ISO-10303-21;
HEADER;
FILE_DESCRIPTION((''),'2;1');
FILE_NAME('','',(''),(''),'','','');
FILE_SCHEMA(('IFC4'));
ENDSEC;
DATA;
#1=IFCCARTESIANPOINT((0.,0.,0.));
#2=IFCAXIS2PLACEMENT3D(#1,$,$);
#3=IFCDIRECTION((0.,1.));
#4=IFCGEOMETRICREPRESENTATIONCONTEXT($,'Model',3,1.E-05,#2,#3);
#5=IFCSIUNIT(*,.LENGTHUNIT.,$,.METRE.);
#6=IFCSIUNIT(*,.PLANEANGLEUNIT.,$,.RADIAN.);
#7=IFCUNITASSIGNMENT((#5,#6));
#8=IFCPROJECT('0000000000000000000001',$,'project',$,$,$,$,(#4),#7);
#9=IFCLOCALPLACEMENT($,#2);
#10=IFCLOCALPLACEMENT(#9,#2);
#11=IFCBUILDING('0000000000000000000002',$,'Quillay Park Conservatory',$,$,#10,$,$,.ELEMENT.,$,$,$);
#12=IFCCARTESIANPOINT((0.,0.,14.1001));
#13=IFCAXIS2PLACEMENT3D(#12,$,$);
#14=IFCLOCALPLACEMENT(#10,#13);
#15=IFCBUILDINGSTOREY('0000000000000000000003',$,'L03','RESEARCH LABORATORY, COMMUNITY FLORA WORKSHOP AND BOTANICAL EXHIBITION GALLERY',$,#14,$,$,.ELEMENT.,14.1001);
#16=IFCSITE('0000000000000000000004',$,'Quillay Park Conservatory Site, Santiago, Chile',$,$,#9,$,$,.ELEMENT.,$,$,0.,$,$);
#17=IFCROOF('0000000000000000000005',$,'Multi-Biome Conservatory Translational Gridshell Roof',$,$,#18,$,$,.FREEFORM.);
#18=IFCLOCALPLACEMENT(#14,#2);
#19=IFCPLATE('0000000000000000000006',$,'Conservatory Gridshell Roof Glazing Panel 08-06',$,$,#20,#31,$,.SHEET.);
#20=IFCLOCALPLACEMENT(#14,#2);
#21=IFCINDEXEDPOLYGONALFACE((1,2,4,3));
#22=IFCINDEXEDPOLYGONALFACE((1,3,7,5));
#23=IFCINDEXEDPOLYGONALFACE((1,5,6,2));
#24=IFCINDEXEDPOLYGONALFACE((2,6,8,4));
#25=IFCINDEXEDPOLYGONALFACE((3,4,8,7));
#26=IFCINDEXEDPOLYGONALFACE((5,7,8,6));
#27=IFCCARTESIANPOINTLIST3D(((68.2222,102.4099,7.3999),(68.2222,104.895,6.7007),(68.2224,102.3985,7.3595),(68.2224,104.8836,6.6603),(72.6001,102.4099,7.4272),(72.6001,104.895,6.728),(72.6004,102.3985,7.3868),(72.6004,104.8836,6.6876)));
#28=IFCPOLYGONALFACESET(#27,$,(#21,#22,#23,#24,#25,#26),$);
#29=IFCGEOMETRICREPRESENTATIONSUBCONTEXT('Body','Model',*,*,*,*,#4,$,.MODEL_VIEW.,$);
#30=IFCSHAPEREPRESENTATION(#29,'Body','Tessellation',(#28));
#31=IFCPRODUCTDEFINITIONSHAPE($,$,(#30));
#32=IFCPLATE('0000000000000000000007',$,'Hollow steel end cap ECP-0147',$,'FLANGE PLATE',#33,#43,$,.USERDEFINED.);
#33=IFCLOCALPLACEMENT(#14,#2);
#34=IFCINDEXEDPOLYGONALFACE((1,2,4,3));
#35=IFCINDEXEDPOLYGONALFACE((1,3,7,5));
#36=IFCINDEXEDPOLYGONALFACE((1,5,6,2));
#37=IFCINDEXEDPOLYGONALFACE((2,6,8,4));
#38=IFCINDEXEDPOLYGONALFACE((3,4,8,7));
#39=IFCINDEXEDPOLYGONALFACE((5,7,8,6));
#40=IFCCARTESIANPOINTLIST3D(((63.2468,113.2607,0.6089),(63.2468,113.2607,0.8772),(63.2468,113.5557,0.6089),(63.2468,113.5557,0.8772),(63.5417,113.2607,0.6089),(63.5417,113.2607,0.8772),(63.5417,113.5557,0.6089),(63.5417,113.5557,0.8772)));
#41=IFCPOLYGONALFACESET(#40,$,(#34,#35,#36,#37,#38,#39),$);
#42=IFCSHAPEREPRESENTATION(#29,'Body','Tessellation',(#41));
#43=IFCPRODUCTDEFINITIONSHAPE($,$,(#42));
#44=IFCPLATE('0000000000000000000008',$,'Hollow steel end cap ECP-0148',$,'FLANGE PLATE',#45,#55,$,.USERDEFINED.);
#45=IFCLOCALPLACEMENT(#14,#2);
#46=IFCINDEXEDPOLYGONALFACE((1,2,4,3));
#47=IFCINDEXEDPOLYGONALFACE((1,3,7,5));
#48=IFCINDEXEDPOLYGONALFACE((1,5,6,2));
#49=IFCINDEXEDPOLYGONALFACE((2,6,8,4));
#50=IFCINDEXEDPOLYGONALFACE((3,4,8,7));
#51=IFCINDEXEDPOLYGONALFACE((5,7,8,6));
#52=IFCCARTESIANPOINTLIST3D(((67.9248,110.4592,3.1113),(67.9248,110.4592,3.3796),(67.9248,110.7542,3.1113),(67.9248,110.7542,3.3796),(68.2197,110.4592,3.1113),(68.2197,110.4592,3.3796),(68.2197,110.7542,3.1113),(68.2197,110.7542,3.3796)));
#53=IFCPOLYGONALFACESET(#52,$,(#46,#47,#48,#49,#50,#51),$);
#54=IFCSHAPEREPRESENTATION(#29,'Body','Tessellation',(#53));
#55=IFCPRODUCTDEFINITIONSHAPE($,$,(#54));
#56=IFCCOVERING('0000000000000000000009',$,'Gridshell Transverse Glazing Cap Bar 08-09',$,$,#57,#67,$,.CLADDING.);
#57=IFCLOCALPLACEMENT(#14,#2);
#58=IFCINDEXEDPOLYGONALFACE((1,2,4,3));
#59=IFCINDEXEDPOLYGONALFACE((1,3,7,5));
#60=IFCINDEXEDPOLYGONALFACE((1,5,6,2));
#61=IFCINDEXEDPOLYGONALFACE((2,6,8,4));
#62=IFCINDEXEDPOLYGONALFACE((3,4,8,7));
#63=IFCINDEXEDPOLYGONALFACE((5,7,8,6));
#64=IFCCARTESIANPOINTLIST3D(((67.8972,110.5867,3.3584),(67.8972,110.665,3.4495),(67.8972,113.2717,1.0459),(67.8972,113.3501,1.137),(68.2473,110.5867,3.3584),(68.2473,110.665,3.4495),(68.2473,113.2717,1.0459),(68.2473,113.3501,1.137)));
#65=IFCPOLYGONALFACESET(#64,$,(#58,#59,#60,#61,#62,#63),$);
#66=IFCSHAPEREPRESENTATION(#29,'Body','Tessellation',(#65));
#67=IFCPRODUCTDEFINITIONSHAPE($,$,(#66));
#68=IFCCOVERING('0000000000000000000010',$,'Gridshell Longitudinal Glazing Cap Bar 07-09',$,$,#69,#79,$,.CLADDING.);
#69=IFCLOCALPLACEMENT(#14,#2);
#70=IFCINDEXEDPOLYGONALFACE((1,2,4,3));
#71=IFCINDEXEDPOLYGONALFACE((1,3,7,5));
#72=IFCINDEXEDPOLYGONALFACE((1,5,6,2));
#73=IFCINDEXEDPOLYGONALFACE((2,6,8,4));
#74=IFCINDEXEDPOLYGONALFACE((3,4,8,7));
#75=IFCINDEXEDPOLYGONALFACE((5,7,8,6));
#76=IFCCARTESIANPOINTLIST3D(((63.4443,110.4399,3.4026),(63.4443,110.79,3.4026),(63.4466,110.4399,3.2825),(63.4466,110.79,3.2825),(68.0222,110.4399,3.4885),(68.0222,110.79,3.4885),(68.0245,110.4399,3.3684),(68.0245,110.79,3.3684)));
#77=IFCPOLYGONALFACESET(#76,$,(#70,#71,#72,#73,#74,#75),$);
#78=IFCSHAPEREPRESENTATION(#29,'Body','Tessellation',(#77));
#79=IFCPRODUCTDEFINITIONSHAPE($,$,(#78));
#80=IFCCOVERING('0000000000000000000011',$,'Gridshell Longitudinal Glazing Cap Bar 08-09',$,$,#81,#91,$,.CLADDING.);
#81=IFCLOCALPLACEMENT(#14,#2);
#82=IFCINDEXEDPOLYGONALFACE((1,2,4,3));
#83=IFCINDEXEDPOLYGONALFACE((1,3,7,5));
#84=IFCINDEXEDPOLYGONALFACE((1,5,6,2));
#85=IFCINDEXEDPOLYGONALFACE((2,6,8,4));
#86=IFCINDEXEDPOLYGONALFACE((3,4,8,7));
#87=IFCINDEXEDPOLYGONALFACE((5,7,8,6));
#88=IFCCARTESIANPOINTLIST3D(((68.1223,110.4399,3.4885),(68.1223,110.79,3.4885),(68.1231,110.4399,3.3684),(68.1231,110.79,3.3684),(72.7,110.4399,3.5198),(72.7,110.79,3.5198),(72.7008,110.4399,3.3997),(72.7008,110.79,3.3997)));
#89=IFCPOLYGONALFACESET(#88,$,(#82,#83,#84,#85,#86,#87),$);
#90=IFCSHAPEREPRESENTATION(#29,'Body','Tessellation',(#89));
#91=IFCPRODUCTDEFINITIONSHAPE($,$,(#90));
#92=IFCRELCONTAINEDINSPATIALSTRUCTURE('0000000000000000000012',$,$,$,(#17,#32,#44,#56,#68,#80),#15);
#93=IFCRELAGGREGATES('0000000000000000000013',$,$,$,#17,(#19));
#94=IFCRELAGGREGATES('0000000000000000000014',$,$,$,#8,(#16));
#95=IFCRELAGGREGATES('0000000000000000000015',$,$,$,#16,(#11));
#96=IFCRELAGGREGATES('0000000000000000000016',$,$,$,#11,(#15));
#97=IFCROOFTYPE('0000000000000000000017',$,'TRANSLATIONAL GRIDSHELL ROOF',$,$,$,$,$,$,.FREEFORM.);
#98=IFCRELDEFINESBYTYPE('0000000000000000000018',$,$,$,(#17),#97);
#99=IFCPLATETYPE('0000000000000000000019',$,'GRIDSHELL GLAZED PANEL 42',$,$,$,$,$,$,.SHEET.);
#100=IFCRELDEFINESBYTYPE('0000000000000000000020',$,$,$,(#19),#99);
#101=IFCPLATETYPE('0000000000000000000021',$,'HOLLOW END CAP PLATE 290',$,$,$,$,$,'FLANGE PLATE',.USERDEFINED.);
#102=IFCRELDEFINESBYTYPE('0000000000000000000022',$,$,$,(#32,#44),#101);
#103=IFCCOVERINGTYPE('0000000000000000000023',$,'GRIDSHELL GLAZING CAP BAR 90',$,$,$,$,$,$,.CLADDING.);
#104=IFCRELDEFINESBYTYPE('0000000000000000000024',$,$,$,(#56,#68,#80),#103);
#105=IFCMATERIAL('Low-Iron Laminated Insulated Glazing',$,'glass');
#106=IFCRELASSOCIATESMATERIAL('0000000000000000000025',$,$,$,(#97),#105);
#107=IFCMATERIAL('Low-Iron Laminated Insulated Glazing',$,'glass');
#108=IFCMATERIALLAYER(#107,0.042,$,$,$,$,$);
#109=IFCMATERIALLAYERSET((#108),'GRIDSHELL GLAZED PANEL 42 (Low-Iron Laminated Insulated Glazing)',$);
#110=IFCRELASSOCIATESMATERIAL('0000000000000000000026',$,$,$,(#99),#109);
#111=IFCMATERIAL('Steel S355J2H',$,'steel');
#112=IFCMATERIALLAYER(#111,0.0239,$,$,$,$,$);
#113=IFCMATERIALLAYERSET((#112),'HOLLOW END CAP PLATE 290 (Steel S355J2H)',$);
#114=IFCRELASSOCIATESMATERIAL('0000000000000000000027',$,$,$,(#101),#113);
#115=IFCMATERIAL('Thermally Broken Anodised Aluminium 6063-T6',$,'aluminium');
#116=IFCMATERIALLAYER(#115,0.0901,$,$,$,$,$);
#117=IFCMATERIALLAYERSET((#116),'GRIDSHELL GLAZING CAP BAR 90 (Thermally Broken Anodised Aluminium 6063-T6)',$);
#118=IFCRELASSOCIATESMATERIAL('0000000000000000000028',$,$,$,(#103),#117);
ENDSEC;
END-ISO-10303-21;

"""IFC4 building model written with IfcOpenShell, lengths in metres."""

from ifc_helpers import new_model, si_unit, direction, frame, origin, origin_2d, place, context, subcontext, project, spatial, polyline, rectangle, outline, extrude, material, layer, layer_set, type_object, element, aggregate, save


model = new_model("IFC4")

# Units and contexts
model_context = context("Model", 3, precision=1e-05, world=origin(), true_north=direction((0.0, 1.0)))
body_context = subcontext(model_context, "Body", "Model", "MODEL_VIEW")
ifc_project = project(units=[si_unit("LENGTHUNIT", "METRE"), si_unit("PLANEANGLEUNIT", "RADIAN")], contexts=[model_context])

# Site, building, storey
site_placement = place(None, origin())
site = spatial("IfcSite", under=ifc_project, at=site_placement, Name="Quillay Park Conservatory Site, Santiago, Chile", CompositionType="ELEMENT", RefElevation=0.0)
building_placement = place(site_placement, origin())
building = spatial("IfcBuilding", under=site, at=building_placement, Name="Quillay Park Conservatory", CompositionType="ELEMENT")
storey_placement = place(building_placement, frame((0.0, 0.0, 14.1001)))
storey = spatial("IfcBuildingStorey", under=building, at=storey_placement, Name="L03", Description="RESEARCH LABORATORY, COMMUNITY FLORA WORKSHOP AND BOTANICAL EXHIBITION GALLERY", CompositionType="ELEMENT", Elevation=14.1001)

# Roof, plate
ifc_material_1 = material(Name="Low-Iron Laminated Insulated Glazing", Category="glass")
roof_type = type_object("IfcRoofType", Name="TRANSLATIONAL GRIDSHELL ROOF", PredefinedType="FREEFORM", material=ifc_material_1)
roof_placement = place(storey_placement, origin())
roof = element("IfcRoof", 1, at=roof_placement, inside=storey, type_object=roof_type, Name="Multi-Biome Conservatory Translational Gridshell Roof", PredefinedType="FREEFORM")
ifc_material_2 = material(Name="Low-Iron Laminated Insulated Glazing", Category="glass")
ifc_layer_1 = layer(ifc_material_2, 0.042)
ifc_layer_set_1 = layer_set([ifc_layer_1], Name="GRIDSHELL GLAZED PANEL 42 (Low-Iron Laminated Insulated Glazing)")
plate_type_1 = type_object("IfcPlateType", Name="GRIDSHELL GLAZED PANEL 42", PredefinedType="SHEET", material=ifc_layer_set_1)
plate_1_placement = place(storey_placement, frame((68.2222, 102.4099, 7.3999), z_axis=(-0.006012, 0.270842, 0.962605), x_axis=(0.99998, 0.0, 0.006246)))
plate_1 = element("IfcPlate", 2, at=plate_1_placement, type_object=plate_type_1, Name="Conservatory Gridshell Roof Glazing Panel 08-06", PredefinedType="SHEET", context=body_context, shape_type="SweptSolid", body=[
    extrude(outline(polyline([(0.0, 0.0), (4.378, 0.0), (4.3736, 2.5816), (-0.0044, 2.5816), (0.0, 0.0)])), origin(), (0.0, 0.0, -1.0), 0.042),
])
aggregate(roof, [plate_1])

# Plates
ifc_material_3 = material(Name="Steel S355J2H", Category="steel")
ifc_layer_2 = layer(ifc_material_3, 0.0239)
ifc_layer_set_2 = layer_set([ifc_layer_2], Name="HOLLOW END CAP PLATE 290 (Steel S355J2H)")
plate_type_2 = type_object("IfcPlateType", Name="HOLLOW END CAP PLATE 290", ElementType="FLANGE PLATE", PredefinedType="USERDEFINED", material=ifc_layer_set_2)
for number, where, z_axis, x_axis, name in (
    (3, (63.3943, 113.4082, 0.6089), (0.0, 0.0, 1.0), (1.0, 0.0, 0.0), "Hollow steel end cap ECP-0147"),
    (4, (68.0723, 110.6067, 3.1113), (0.0, 0.0, 1.0), (1.0, 0.0, 0.0), "Hollow steel end cap ECP-0148"),
):
    element("IfcPlate", number, at=place(storey_placement, frame(where, z_axis=z_axis, x_axis=x_axis)), inside=storey, type_object=plate_type_2, Name=name, ObjectType="FLANGE PLATE", PredefinedType="USERDEFINED", context=body_context, shape_type="SweptSolid", body=[
        extrude(rectangle(XDim=0.2949, YDim=0.2949, at=origin_2d()), origin(), (0.0, 0.0, 1.0), 0.2683),
    ])

# Coverings
ifc_material_4 = material(Name="Thermally Broken Anodised Aluminium 6063-T6", Category="aluminium")
ifc_layer_3 = layer(ifc_material_4, 0.0901)
ifc_layer_set_3 = layer_set([ifc_layer_3], Name="GRIDSHELL GLAZING CAP BAR 90 (Thermally Broken Anodised Aluminium 6063-T6)")
covering_type = type_object("IfcCoveringType", Name="GRIDSHELL GLAZING CAP BAR 90", PredefinedType="CLADDING", material=ifc_layer_set_3)
covering_1_placement = place(storey_placement, frame((67.8972, 110.665, 3.4495), z_axis=(0.0, 0.652582, 0.757718), x_axis=(1.0, 0.0, 0.0)))
element("IfcCovering", 5, at=covering_1_placement, inside=storey, type_object=covering_type, Name="Gridshell Transverse Glazing Cap Bar 08-09", PredefinedType="CLADDING", context=body_context, shape_type="SweptSolid", body=[
    extrude(outline(polyline([(0.0, 0.0), (0.3501, 0.0), (0.3501, 3.5436), (0.0, 3.5436), (0.0, 0.0)])), origin(), (0.0, 0.0, -1.0), 0.1201),
])
covering_2_placement = place(storey_placement, frame((63.4443, 110.4399, 3.4026), z_axis=(-0.018769, 0.0, 0.999824), x_axis=(0.999824, 0.0, 0.018769)))
element("IfcCovering", 6, at=covering_2_placement, inside=storey, type_object=covering_type, Name="Gridshell Longitudinal Glazing Cap Bar 07-09", PredefinedType="CLADDING", context=body_context, shape_type="SweptSolid", body=[
    extrude(outline(polyline([(0.0, 0.0), (4.5787, 0.0), (4.5787, 0.3501), (0.0, 0.3501), (0.0, 0.0)])), origin(), (0.0, 0.0, -1.0), 0.1201),
])
covering_3_placement = place(storey_placement, frame((68.1223, 110.4399, 3.4885), z_axis=(-0.006827, 0.0, 0.999977), x_axis=(0.999977, 0.0, 0.006827)))
element("IfcCovering", 7, at=covering_3_placement, inside=storey, type_object=covering_type, Name="Gridshell Longitudinal Glazing Cap Bar 08-09", PredefinedType="CLADDING", context=body_context, shape_type="SweptSolid", body=[
    extrude(outline(polyline([(0.0, 0.0), (4.5777, 0.0), (4.5777, 0.3501), (0.0, 0.3501), (0.0, 0.0)])), origin(), (0.0, 0.0, -1.0), 0.1201),
])

save(model, "model.ifc")
